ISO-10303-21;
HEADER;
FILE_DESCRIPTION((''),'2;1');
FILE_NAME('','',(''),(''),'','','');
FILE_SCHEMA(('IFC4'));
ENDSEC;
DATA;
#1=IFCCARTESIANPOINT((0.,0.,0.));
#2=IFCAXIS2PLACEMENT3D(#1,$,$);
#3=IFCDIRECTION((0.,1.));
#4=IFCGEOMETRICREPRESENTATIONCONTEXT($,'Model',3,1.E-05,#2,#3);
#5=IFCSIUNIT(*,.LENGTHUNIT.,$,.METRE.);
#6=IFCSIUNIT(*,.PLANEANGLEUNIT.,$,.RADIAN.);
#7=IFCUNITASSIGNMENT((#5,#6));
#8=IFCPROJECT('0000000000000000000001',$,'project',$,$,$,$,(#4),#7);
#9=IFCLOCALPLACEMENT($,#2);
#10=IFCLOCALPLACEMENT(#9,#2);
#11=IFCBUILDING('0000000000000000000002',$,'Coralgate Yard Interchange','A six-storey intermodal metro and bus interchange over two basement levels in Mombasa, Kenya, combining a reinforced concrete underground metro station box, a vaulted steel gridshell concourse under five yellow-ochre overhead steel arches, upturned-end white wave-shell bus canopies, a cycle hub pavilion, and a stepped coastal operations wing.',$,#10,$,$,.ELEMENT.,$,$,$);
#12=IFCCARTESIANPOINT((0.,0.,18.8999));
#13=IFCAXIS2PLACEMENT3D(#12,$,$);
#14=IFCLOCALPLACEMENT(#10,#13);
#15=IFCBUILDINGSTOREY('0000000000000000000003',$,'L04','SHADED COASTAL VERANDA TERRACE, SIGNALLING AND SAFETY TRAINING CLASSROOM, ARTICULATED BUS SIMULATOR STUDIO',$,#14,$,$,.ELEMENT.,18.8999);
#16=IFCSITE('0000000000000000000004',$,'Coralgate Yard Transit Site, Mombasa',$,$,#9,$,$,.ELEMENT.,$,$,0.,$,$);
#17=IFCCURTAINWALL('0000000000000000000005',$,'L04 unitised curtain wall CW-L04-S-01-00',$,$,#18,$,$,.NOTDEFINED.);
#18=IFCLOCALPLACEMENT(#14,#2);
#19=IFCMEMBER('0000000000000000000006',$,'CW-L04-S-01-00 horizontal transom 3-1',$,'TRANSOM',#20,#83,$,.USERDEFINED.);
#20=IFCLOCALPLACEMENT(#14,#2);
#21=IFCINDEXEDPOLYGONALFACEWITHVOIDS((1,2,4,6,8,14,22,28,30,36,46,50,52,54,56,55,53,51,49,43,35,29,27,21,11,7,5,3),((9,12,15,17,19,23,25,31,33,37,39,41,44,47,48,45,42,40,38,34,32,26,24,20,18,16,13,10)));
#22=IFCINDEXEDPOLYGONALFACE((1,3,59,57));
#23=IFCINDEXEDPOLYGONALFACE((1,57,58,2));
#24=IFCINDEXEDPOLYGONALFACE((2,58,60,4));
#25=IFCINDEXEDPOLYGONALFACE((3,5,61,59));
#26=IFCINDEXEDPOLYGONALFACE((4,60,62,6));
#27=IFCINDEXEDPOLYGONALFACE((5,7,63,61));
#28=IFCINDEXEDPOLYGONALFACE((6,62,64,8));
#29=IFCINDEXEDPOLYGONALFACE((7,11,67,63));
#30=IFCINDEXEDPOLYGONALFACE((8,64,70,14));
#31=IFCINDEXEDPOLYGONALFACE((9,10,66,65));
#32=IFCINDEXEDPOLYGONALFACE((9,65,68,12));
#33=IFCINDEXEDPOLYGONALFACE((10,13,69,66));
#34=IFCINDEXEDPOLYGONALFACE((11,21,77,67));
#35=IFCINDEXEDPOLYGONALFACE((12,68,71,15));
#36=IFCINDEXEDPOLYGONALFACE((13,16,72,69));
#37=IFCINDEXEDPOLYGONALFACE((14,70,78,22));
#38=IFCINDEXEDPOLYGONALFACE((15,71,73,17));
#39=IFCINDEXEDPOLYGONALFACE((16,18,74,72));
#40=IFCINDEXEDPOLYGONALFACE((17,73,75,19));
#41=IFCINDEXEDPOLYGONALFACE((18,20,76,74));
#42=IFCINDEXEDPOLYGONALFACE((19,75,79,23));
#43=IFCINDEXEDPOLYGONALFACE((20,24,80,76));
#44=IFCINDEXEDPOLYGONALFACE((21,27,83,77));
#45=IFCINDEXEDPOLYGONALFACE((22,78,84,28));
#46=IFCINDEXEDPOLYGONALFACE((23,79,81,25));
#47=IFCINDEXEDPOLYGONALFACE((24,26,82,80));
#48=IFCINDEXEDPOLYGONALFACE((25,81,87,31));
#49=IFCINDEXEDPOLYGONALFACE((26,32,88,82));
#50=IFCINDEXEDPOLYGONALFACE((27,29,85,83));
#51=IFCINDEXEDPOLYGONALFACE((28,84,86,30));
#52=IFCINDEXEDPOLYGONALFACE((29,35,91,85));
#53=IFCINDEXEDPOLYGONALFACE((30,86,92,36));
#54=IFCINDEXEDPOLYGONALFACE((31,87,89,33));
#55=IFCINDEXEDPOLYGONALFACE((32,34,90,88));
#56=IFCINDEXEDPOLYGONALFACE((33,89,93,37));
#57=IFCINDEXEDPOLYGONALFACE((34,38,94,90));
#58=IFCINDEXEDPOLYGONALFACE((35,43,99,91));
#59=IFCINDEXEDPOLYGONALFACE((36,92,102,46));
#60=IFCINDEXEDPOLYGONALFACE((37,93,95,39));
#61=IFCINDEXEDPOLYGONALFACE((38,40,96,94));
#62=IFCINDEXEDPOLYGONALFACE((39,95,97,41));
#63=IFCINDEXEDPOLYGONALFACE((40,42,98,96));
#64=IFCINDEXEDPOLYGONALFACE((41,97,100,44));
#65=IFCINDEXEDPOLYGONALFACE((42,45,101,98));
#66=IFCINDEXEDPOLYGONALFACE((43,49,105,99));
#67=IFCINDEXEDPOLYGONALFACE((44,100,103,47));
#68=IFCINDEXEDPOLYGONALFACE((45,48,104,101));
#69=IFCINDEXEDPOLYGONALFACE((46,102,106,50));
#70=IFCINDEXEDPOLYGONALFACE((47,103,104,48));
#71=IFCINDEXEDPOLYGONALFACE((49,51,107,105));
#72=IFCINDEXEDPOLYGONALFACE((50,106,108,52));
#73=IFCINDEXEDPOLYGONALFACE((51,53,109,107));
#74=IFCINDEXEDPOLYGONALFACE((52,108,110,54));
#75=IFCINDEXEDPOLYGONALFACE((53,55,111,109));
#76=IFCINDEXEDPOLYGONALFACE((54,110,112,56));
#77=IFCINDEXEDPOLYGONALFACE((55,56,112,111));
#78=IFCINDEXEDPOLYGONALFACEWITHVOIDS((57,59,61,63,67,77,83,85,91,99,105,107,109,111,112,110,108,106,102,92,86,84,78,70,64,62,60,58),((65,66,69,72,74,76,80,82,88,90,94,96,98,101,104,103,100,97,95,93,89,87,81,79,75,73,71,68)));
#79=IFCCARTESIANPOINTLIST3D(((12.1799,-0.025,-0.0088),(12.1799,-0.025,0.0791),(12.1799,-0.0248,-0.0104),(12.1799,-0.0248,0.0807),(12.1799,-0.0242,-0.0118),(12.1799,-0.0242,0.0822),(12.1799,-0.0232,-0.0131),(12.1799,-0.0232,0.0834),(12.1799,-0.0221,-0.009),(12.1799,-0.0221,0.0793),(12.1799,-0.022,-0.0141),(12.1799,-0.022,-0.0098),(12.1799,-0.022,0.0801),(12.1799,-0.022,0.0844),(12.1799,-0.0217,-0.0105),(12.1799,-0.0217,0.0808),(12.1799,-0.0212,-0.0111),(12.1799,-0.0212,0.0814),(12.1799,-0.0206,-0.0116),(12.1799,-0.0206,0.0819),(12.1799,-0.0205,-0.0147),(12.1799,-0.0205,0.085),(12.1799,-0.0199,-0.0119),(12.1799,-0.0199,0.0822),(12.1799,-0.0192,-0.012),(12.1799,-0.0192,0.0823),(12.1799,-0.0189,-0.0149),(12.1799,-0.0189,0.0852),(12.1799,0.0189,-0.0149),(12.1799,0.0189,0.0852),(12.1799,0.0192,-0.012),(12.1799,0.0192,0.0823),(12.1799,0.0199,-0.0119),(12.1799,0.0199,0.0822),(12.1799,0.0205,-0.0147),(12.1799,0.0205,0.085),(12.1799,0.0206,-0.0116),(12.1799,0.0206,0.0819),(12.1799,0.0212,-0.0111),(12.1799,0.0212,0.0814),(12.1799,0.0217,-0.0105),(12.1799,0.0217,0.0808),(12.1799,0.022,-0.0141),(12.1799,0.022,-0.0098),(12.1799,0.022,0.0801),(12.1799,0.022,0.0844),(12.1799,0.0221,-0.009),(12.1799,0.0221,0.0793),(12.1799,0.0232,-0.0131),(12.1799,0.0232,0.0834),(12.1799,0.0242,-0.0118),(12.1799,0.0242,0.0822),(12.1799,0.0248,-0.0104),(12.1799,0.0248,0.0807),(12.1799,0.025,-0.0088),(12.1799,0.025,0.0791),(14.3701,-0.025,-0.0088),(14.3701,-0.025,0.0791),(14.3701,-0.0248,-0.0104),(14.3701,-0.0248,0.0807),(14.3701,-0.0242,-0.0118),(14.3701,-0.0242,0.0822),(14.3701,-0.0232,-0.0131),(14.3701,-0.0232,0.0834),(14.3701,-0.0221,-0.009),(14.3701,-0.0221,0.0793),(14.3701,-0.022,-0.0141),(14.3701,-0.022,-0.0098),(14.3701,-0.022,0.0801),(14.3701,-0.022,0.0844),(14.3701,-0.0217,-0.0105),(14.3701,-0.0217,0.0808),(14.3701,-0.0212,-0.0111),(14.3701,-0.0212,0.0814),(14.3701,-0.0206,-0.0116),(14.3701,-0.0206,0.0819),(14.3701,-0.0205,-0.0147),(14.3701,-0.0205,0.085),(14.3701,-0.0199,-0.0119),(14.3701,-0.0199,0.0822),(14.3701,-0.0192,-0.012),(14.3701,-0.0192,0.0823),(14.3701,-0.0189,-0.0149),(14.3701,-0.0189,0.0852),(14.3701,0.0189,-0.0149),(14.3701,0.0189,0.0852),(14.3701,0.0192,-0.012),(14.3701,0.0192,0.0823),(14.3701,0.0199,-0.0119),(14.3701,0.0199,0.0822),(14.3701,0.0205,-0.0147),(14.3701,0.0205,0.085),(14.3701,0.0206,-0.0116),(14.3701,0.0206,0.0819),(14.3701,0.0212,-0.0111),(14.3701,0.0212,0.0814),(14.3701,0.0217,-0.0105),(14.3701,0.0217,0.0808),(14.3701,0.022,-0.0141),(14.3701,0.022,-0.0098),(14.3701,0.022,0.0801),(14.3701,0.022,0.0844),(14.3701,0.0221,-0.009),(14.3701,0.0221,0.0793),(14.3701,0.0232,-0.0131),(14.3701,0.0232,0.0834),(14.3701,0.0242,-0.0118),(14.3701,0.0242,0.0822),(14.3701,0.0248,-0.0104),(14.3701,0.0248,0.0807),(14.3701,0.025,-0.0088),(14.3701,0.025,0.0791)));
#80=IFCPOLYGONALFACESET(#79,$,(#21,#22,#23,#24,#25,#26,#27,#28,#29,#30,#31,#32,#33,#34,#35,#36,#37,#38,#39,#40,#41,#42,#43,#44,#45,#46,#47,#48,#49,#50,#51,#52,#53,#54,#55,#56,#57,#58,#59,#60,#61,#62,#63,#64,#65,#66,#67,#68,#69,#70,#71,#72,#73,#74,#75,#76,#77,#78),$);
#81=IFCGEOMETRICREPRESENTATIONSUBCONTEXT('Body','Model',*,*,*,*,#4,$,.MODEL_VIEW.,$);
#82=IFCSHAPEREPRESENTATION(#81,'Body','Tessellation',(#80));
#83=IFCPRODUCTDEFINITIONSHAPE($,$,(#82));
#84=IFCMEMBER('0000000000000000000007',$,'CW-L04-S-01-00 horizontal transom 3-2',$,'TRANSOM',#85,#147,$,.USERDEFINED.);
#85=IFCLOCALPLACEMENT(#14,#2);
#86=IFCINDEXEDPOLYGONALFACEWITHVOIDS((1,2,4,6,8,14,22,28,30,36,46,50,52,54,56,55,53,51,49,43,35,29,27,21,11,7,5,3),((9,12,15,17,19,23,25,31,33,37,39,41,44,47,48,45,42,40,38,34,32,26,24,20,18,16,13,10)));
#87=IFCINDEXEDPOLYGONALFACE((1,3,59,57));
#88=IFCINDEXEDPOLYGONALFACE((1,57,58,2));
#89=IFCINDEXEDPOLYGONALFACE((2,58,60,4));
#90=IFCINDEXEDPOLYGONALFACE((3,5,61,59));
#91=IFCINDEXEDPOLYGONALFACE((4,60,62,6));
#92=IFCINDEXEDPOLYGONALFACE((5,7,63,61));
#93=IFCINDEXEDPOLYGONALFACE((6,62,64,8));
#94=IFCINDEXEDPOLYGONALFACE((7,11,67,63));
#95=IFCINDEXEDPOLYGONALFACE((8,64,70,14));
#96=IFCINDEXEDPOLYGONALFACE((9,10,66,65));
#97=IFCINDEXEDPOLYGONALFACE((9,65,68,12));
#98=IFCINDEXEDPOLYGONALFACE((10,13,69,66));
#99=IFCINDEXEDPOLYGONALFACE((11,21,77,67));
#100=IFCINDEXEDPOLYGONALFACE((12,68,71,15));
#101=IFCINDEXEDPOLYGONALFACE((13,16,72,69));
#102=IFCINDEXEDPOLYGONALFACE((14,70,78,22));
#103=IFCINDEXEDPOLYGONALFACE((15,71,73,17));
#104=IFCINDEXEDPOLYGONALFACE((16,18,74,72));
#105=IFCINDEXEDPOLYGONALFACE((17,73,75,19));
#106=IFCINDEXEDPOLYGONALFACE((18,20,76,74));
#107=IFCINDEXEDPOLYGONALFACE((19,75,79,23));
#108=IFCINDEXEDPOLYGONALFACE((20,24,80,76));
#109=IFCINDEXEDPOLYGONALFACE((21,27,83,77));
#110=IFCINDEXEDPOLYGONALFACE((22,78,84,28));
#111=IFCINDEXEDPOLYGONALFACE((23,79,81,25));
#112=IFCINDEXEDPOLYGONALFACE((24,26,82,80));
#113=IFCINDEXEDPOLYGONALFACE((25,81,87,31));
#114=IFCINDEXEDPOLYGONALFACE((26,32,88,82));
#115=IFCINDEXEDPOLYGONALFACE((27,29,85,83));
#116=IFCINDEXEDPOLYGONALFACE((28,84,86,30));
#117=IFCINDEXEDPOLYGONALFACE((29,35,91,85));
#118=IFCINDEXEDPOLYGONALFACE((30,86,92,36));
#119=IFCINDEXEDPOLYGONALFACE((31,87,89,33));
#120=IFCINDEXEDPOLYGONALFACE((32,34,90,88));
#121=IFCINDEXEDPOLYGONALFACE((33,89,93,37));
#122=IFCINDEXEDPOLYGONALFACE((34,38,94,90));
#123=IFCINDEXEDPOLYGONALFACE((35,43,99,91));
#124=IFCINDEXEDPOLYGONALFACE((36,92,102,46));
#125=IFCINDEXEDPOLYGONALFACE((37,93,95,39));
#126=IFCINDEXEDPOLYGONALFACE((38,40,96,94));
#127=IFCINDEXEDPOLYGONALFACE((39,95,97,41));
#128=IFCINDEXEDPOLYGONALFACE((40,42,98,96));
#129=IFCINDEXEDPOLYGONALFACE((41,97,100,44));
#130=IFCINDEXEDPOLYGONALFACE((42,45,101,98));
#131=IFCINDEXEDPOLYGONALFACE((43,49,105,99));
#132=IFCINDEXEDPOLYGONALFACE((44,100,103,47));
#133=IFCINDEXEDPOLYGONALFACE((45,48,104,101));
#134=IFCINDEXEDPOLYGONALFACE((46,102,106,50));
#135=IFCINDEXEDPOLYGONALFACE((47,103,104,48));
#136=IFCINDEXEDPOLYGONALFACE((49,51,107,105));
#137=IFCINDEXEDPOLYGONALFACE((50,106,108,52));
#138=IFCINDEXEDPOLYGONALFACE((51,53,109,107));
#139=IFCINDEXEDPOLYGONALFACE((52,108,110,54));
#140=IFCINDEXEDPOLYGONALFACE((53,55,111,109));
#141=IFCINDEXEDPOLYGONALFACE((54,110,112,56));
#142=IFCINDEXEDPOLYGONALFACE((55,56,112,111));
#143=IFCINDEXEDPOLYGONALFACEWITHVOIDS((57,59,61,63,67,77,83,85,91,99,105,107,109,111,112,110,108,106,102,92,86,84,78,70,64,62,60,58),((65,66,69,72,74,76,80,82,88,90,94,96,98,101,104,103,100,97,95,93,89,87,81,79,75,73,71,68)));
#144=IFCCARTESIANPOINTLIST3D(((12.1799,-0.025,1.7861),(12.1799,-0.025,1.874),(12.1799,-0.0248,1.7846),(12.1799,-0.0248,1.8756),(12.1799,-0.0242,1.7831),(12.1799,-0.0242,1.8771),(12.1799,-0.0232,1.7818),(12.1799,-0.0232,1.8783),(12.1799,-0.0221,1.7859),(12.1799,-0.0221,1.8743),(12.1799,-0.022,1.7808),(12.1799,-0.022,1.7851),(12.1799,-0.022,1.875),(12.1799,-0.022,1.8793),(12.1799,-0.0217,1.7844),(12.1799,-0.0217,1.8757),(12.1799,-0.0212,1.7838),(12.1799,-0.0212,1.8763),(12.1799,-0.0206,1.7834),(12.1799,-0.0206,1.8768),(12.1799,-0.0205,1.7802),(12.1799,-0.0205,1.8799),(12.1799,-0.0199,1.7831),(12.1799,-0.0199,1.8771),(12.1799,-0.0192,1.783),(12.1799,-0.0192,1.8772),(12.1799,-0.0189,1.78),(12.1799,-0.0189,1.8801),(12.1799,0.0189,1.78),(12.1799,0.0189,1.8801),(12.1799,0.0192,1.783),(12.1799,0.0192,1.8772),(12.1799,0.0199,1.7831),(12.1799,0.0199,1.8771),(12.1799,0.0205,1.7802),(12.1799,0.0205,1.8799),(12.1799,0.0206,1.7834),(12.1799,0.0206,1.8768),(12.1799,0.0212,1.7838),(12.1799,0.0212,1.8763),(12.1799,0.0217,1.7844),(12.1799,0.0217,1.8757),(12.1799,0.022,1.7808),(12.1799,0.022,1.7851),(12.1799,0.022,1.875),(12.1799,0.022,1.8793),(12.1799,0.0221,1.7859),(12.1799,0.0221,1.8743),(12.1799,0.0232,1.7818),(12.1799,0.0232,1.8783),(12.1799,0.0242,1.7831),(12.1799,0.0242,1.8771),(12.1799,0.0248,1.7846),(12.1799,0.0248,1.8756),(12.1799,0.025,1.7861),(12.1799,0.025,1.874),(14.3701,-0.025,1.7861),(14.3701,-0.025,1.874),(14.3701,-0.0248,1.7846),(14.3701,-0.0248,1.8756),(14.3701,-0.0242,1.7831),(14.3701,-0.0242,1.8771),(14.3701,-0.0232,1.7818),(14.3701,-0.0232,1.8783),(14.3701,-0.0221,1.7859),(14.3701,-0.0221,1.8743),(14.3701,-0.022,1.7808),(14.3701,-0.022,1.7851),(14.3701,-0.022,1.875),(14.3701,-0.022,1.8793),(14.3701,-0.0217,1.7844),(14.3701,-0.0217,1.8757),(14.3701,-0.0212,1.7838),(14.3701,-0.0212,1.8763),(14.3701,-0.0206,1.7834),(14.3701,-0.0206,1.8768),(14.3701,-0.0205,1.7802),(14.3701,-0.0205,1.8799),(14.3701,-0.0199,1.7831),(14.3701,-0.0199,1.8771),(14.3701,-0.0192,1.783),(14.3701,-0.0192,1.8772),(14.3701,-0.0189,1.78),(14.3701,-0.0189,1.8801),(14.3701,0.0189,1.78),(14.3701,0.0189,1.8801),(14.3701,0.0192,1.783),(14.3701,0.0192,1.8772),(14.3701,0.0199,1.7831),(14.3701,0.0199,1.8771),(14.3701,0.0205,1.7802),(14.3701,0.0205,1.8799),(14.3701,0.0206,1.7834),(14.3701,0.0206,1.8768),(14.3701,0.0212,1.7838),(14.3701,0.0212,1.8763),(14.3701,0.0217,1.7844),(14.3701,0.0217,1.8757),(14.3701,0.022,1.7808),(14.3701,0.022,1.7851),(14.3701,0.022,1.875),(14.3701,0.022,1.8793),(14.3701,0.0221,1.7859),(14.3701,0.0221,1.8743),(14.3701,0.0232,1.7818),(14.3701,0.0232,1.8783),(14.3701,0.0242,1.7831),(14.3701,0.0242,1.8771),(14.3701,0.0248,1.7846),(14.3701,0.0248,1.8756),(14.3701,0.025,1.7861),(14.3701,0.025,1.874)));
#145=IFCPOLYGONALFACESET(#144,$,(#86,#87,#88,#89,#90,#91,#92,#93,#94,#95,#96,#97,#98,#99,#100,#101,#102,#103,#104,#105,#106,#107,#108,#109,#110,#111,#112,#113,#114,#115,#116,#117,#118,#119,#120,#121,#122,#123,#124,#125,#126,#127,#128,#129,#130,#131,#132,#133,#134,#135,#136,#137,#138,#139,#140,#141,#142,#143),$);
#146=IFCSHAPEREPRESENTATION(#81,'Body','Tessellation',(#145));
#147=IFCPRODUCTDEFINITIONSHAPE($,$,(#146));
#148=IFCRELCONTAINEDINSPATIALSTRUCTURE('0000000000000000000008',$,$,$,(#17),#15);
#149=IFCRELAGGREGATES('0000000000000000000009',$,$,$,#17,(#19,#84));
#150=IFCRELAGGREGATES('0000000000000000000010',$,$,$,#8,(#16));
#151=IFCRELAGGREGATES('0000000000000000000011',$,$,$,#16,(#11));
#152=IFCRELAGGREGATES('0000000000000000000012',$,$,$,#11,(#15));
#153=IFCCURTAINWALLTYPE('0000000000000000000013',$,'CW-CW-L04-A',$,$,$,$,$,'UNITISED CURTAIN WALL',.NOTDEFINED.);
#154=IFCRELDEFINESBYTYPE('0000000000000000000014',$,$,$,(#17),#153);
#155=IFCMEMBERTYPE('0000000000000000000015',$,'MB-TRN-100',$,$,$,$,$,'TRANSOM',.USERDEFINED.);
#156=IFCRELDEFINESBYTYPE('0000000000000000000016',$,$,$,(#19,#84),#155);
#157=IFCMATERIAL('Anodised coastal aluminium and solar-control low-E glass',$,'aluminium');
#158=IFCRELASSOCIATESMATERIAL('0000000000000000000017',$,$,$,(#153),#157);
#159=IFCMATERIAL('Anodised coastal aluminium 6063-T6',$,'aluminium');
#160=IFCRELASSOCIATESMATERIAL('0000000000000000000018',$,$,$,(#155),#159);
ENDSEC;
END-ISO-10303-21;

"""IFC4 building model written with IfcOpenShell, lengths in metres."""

from ifc_helpers import new_model, si_unit, direction, frame, origin, origin_2d, place, context, subcontext, project, spatial, hollow_rectangle, extrude, material, material_profile, profile_set, type_object, element, aggregate, save


model = new_model("IFC4")

# Units and contexts
model_context = context("Model", 3, precision=1e-05, world=origin(), true_north=direction((0.0, 1.0)))
body_context = subcontext(model_context, "Body", "Model", "MODEL_VIEW")
ifc_project = project(units=[si_unit("LENGTHUNIT", "METRE"), si_unit("PLANEANGLEUNIT", "RADIAN")], contexts=[model_context])

# Site, building, storey
site_placement = place(None, origin())
site = spatial("IfcSite", under=ifc_project, at=site_placement, Name="Coralgate Yard Transit Site, Mombasa", CompositionType="ELEMENT", RefElevation=0.0)
building_placement = place(site_placement, origin())
building = spatial("IfcBuilding", under=site, at=building_placement, Name="Coralgate Yard Interchange", Description="A six-storey intermodal metro and bus interchange over two basement levels in Mombasa, Kenya, combining a reinforced concrete underground metro station box, a vaulted steel gridshell concourse under five yellow-ochre overhead steel arches, upturned-end white wave-shell bus canopies, a cycle hub pavilion, and a stepped coastal operations wing.", CompositionType="ELEMENT")
storey_placement = place(building_placement, frame((0.0, 0.0, 18.8999)))
storey = spatial("IfcBuildingStorey", under=building, at=storey_placement, Name="L04", Description="SHADED COASTAL VERANDA TERRACE, SIGNALLING AND SAFETY TRAINING CLASSROOM, ARTICULATED BUS SIMULATOR STUDIO", CompositionType="ELEMENT", Elevation=18.8999)

# Curtain wall, members
ifc_material_1 = material(Name="Anodised coastal aluminium and solar-control low-E glass", Category="aluminium")
curtain_wall_type = type_object("IfcCurtainWallType", Name="CW-CW-L04-A", ElementType="UNITISED CURTAIN WALL", PredefinedType="NOTDEFINED", material=ifc_material_1)
curtain_wall_placement = place(storey_placement, origin())
curtain_wall = element("IfcCurtainWall", 1, at=curtain_wall_placement, inside=storey, type_object=curtain_wall_type, Name="L04 unitised curtain wall CW-L04-S-01-00", PredefinedType="NOTDEFINED")
ifc_material_2 = material(Name="Anodised coastal aluminium 6063-T6", Category="aluminium")
ifc_material_profile_1 = material_profile(ifc_material_2, hollow_rectangle(XDim=0.05, YDim=0.1001, WallThickness=0.0029, InnerFilletRadius=0.0029, OuterFilletRadius=0.0061, at=origin_2d()), Name="ALU 50x100x3")
ifc_profile_set_1 = profile_set([ifc_material_profile_1], Name="Anodised coastal aluminium 6063-T6")
member_type_1 = type_object("IfcMemberType", Name="MB-TRN-100", ElementType="TRANSOM", PredefinedType="USERDEFINED", material=ifc_profile_set_1)
member_1_placement = place(storey_placement, frame((14.3701, 0.0, 0.0352), z_axis=(-1.0, 0.0, 0.0), x_axis=(0.0, -1.0, 0.0)))
member_1 = element("IfcMember", 2, at=member_1_placement, type_object=member_type_1, Name="CW-L04-S-01-00 horizontal transom 3-1", ObjectType="TRANSOM", PredefinedType="USERDEFINED", context=body_context, shape_type="SweptSolid", body=[
    extrude(hollow_rectangle(XDim=0.05, YDim=0.1001, WallThickness=0.0029, InnerFilletRadius=0.0029, OuterFilletRadius=0.0061, at=origin_2d()), origin(), (0.0, 0.0, 1.0), 2.1902),
])
member_2_placement = place(storey_placement, frame((14.3701, 0.0, 1.8301), z_axis=(-1.0, 0.0, 0.0), x_axis=(0.0, -1.0, 0.0)))
member_2 = element("IfcMember", 3, at=member_2_placement, type_object=member_type_1, Name="CW-L04-S-01-00 horizontal transom 3-2", ObjectType="TRANSOM", PredefinedType="USERDEFINED", context=body_context, shape_type="SweptSolid", body=[
    extrude(hollow_rectangle(XDim=0.05, YDim=0.1001, WallThickness=0.0029, InnerFilletRadius=0.0029, OuterFilletRadius=0.0061, at=origin_2d()), origin(), (0.0, 0.0, 1.0), 2.1902),
])
aggregate(curtain_wall, [member_1, member_2])

save(model, "model.ifc")
